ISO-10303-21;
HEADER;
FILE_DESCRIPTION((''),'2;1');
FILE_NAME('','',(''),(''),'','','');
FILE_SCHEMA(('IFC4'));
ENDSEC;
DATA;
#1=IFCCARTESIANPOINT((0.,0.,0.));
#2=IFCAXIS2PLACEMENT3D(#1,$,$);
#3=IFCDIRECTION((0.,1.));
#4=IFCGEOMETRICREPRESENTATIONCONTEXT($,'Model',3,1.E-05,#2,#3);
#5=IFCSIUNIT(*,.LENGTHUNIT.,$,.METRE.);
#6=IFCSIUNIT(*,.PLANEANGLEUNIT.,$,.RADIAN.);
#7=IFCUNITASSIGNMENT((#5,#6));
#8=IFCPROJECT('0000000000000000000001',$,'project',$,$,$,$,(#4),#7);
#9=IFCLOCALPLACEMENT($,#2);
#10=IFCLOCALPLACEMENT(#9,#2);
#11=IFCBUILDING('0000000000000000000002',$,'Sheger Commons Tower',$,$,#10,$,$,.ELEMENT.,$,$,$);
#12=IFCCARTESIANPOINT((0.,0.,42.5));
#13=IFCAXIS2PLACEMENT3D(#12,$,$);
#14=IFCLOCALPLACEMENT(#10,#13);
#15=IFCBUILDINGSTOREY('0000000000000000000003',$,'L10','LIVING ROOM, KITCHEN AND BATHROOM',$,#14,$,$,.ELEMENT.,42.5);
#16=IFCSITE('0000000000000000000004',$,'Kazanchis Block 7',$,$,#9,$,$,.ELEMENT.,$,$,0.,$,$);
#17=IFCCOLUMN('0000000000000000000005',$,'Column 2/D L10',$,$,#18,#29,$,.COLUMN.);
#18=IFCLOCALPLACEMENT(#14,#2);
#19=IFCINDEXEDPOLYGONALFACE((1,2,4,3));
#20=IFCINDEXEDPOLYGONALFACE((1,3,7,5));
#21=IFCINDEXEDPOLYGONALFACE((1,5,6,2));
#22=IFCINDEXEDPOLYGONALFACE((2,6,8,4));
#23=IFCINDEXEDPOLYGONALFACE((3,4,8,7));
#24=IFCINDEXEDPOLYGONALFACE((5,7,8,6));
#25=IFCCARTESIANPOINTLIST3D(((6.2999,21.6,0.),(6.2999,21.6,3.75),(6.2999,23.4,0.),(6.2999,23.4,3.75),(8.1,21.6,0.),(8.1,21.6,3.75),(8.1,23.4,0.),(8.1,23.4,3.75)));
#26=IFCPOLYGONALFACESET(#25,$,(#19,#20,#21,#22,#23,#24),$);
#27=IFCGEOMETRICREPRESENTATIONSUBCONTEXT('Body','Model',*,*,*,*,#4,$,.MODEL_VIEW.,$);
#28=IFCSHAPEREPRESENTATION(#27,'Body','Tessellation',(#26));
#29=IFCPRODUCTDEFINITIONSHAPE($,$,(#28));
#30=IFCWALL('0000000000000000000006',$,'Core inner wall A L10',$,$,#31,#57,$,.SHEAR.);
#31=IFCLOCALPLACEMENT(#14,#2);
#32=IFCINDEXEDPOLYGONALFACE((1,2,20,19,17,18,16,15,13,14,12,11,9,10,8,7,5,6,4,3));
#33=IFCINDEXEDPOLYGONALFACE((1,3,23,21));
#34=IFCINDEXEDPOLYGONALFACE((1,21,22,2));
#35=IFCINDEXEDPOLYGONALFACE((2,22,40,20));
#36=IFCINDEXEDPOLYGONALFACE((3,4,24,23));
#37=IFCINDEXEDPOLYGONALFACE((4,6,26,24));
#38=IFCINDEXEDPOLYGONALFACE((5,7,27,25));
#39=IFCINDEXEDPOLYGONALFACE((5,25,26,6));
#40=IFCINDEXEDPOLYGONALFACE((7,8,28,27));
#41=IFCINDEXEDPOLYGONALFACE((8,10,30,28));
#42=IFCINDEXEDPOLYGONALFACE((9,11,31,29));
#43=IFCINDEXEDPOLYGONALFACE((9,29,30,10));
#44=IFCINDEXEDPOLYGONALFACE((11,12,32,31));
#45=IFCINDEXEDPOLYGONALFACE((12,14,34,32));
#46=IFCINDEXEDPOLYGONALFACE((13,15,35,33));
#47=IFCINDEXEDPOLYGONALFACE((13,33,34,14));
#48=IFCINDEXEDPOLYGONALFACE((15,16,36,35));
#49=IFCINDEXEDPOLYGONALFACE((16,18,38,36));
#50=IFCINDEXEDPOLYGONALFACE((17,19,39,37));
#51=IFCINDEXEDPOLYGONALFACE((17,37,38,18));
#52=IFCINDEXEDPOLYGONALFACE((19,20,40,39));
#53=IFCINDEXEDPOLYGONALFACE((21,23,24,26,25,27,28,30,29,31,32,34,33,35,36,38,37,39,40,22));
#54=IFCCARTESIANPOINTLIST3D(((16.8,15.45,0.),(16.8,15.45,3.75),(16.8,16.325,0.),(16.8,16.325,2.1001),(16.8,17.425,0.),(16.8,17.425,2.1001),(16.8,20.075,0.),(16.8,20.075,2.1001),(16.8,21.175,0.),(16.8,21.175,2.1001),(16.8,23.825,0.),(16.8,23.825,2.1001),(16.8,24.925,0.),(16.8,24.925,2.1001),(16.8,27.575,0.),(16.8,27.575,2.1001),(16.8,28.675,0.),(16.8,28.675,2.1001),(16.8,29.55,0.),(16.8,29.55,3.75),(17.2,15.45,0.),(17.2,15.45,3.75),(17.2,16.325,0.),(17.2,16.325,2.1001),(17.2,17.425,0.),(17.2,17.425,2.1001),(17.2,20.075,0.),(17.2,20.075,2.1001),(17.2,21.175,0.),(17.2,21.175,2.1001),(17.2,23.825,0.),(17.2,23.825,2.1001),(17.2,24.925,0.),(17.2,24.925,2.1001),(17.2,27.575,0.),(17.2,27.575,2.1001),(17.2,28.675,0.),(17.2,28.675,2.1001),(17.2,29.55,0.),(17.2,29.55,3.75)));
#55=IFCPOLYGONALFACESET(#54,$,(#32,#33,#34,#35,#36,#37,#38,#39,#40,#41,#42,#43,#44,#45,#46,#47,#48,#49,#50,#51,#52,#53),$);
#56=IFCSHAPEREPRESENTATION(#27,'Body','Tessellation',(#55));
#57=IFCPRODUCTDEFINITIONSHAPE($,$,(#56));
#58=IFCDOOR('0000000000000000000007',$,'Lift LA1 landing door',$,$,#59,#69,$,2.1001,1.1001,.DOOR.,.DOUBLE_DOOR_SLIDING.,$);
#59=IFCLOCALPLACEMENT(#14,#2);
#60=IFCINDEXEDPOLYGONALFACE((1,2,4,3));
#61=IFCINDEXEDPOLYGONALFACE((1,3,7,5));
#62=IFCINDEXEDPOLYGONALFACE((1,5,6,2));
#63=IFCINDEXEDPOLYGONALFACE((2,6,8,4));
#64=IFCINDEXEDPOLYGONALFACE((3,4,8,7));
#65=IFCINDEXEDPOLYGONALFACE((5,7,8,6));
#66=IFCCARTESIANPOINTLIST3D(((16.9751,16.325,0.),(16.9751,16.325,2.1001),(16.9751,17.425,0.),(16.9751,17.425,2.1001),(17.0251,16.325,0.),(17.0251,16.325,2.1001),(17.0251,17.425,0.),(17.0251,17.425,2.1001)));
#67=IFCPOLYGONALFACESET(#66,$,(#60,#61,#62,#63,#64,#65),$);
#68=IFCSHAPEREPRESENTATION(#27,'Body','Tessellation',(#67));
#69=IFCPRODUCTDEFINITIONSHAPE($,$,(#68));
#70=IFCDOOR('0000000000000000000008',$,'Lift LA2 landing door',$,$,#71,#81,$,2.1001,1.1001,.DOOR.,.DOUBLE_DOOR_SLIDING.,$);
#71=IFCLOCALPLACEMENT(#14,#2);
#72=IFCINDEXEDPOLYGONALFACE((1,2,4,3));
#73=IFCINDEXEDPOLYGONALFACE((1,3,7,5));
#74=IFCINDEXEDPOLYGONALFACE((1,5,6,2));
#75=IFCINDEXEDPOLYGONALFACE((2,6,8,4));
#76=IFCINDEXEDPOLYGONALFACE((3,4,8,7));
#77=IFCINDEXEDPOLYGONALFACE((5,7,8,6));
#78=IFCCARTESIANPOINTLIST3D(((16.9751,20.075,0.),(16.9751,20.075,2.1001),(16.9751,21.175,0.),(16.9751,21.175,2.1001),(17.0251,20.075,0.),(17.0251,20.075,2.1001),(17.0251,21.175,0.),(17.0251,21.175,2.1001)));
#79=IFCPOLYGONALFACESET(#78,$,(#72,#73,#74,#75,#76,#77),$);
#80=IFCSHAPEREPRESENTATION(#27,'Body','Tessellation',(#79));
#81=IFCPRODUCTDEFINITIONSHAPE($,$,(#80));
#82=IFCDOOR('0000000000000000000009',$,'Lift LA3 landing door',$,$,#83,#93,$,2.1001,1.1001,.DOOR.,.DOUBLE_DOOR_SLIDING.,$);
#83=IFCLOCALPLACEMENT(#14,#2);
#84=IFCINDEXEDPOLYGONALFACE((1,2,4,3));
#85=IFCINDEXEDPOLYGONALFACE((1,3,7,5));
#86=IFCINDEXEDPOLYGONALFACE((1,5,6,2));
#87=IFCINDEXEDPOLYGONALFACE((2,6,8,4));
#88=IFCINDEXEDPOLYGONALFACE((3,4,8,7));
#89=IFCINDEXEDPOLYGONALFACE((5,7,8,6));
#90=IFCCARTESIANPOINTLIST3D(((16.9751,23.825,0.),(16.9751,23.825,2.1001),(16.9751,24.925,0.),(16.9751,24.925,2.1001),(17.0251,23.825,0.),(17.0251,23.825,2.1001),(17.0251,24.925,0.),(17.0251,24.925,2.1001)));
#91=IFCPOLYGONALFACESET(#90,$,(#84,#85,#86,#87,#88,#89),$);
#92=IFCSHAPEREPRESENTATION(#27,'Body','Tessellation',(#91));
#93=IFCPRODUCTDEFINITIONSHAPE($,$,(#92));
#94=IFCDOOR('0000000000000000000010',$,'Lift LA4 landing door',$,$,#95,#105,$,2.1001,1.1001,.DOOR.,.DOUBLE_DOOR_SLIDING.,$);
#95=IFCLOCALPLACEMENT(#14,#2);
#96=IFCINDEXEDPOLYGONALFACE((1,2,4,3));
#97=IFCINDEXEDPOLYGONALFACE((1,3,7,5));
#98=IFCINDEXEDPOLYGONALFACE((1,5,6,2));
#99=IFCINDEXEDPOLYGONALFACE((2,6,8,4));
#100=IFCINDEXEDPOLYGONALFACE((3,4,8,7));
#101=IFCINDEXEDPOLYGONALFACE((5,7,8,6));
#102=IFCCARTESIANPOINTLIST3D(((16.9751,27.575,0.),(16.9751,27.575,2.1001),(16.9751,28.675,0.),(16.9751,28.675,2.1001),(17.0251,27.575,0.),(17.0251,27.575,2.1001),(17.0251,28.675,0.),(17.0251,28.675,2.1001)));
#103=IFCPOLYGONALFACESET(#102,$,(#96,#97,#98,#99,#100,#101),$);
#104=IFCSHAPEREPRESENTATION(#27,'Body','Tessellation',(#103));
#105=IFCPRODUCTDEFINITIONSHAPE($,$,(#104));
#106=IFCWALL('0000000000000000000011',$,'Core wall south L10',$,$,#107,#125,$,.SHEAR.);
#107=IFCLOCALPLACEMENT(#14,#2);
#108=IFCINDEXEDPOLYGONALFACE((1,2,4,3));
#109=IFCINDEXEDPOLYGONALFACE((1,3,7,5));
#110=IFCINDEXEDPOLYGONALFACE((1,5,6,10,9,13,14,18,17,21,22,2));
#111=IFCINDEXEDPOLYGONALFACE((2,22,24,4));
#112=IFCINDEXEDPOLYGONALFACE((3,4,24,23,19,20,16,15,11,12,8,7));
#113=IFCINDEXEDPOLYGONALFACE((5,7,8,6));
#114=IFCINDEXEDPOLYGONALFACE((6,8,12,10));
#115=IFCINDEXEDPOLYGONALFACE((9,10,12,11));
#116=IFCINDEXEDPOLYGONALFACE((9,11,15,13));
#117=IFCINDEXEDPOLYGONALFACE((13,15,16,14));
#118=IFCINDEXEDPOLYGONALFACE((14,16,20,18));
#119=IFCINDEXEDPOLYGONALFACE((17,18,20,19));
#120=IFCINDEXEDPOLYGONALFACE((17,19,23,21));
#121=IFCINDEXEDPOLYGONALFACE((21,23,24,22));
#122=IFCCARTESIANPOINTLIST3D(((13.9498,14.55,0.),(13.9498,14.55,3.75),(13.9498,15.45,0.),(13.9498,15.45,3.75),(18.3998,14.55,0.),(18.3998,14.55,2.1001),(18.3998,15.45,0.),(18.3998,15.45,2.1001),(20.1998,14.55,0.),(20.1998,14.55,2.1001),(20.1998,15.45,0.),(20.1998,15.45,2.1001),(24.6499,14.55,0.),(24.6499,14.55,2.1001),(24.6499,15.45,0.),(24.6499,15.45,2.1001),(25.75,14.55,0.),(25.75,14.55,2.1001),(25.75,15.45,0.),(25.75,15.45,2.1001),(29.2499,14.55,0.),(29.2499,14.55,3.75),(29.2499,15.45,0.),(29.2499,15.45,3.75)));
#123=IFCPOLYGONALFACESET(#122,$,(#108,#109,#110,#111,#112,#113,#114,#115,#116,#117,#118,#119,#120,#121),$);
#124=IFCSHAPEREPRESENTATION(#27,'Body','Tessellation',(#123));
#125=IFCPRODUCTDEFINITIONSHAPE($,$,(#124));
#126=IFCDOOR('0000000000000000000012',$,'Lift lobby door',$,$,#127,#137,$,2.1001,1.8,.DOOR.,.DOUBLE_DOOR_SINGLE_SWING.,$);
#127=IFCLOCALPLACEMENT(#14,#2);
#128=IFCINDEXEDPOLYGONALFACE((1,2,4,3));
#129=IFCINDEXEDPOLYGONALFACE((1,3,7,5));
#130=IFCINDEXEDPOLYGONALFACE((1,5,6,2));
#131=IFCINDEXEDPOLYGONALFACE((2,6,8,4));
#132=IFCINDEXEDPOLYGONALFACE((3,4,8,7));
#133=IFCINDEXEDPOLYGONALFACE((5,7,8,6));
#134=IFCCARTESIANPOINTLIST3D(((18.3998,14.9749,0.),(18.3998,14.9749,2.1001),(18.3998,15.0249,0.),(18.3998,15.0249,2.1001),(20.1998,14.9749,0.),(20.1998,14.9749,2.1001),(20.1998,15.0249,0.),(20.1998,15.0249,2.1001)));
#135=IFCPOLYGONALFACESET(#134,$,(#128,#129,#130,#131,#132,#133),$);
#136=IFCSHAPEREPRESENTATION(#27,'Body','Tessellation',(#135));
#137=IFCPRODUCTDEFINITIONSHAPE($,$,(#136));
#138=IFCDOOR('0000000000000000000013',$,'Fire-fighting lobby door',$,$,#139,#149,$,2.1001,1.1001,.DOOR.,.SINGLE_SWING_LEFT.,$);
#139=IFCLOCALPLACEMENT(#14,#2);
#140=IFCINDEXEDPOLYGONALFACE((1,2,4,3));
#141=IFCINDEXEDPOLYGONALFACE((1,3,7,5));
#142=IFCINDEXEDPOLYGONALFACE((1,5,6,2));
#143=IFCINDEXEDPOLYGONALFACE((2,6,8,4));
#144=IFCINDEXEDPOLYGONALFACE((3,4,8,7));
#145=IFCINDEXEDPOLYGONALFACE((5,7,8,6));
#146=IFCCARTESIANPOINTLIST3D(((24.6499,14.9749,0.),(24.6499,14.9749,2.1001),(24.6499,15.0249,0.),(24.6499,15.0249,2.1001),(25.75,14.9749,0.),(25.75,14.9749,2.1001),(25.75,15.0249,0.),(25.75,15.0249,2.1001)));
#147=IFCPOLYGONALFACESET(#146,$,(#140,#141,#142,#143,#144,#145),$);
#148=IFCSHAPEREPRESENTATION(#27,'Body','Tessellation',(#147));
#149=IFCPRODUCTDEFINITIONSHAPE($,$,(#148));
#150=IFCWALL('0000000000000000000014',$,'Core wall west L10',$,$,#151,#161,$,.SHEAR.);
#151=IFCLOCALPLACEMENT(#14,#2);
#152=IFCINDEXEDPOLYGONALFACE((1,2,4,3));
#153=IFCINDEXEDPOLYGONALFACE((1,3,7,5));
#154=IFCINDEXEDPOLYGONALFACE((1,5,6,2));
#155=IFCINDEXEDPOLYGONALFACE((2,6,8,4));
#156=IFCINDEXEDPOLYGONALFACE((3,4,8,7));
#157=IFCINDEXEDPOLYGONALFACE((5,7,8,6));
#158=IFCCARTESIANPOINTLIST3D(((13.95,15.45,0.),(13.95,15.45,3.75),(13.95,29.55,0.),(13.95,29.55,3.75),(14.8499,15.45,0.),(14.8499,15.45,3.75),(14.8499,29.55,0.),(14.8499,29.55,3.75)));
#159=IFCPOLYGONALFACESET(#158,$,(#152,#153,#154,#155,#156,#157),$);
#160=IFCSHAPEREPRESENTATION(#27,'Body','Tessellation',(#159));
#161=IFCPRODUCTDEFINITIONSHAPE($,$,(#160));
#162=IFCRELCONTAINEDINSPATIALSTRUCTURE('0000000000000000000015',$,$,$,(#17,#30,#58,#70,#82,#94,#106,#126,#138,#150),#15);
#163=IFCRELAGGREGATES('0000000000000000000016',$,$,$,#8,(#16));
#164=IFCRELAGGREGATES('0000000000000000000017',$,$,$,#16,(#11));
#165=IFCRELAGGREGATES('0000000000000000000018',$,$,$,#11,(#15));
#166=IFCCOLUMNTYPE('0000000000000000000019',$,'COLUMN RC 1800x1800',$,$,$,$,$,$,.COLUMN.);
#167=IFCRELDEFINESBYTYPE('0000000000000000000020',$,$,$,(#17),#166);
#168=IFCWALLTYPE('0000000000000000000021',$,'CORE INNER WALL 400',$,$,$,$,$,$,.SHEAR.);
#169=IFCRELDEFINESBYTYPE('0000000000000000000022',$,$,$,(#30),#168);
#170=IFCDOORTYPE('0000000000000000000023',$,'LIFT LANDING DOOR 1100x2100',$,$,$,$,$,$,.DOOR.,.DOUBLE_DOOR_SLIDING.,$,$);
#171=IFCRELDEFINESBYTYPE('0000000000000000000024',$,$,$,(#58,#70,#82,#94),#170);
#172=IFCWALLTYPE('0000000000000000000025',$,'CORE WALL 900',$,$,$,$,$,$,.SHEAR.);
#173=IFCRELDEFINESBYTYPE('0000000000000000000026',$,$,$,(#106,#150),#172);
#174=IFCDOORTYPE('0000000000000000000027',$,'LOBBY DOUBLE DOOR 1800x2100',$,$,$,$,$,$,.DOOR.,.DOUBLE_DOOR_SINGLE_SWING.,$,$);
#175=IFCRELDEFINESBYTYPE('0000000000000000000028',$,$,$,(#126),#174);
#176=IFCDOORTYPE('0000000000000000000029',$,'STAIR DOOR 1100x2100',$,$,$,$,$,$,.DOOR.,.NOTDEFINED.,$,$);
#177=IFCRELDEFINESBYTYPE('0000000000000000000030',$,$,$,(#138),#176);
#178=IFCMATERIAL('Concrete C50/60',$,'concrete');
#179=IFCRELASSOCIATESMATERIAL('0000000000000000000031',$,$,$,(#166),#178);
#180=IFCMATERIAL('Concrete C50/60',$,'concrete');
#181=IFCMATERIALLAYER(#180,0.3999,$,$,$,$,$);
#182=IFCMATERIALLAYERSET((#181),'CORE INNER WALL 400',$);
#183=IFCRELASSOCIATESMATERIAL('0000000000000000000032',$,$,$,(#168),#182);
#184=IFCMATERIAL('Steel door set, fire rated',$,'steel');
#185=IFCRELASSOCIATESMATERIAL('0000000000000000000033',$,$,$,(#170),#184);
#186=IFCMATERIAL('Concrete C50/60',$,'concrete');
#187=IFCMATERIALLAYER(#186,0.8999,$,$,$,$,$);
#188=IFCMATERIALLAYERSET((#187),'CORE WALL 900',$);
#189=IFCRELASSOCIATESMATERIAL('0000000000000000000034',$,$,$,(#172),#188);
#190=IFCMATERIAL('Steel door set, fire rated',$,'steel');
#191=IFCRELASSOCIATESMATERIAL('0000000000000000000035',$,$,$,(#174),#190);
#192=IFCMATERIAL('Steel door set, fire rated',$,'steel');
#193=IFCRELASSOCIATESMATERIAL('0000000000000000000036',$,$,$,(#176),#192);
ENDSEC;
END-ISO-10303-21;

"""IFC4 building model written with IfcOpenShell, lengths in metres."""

from ifc_helpers import new_model, si_unit, direction, frame, frame_2d, origin, origin_2d, place, context, subcontext, project, spatial, rectangle, extrude, material, layer, layer_set, material_profile, profile_set, type_object, element, fill, save


model = new_model("IFC4")

# Units and contexts
model_context = context("Model", 3, precision=1e-05, world=origin(), true_north=direction((0.0, 1.0)))
body_context = subcontext(model_context, "Body", "Model", "MODEL_VIEW")
ifc_project = project(units=[si_unit("LENGTHUNIT", "METRE"), si_unit("PLANEANGLEUNIT", "RADIAN")], contexts=[model_context])

# Site, building, storey
site_placement = place(None, origin())
site = spatial("IfcSite", under=ifc_project, at=site_placement, Name="Kazanchis Block 7", CompositionType="ELEMENT", RefElevation=0.0)
building_placement = place(site_placement, origin())
building = spatial("IfcBuilding", under=site, at=building_placement, Name="Sheger Commons Tower", CompositionType="ELEMENT")
storey_placement = place(building_placement, frame((0.0, 0.0, 42.5)))
storey = spatial("IfcBuildingStorey", under=building, at=storey_placement, Name="L10", Description="LIVING ROOM, KITCHEN AND BATHROOM", CompositionType="ELEMENT", Elevation=42.5)

# Column
ifc_material_1 = material(Name="Concrete C50/60", Category="concrete")
ifc_material_profile = material_profile(ifc_material_1, rectangle(XDim=1.8, YDim=1.8, at=origin_2d()), Name="RC 1800x1800")
ifc_profile_set = profile_set([ifc_material_profile], Name="Concrete C50/60")
column_type = type_object("IfcColumnType", Name="COLUMN RC 1800x1800", PredefinedType="COLUMN", material=ifc_profile_set)
column_placement = place(storey_placement, frame((7.2, 22.5, 0.0), z_axis=(0.0, 0.0, 1.0), x_axis=(1.0, 0.0, 0.0)))
element("IfcColumn", 1, at=column_placement, inside=storey, type_object=column_type, Name="Column 2/D L10", PredefinedType="COLUMN", context=body_context, shape_type="SweptSolid", body=[
    extrude(rectangle(XDim=1.8, YDim=1.8, at=origin_2d()), origin(), (0.0, 0.0, 1.0), 3.75),
])

# Walls, openings, doors
ifc_material_2 = material(Name="Concrete C50/60", Category="concrete")
ifc_layer_1 = layer(ifc_material_2, 0.3999)
ifc_layer_set_1 = layer_set([ifc_layer_1], Name="CORE INNER WALL 400")
wall_type_1 = type_object("IfcWallType", Name="CORE INNER WALL 400", PredefinedType="SHEAR", material=ifc_layer_set_1)
wall_1_placement = place(storey_placement, frame((17.0, 15.45, 0.0), z_axis=(0.0, 0.0, 1.0), x_axis=(0.0, 1.0, 0.0)))
wall_1 = element("IfcWall", 2, at=wall_1_placement, inside=storey, type_object=wall_type_1, Name="Core inner wall A L10", PredefinedType="SHEAR", context=body_context, shape_type="SweptSolid", body=[
    extrude(rectangle(XDim=14.1001, YDim=0.3999, at=frame_2d((7.05, 0.0))), origin(), (0.0, 0.0, 1.0), 3.75),
])
opening_1_placement = place(wall_1_placement, frame((0.875, 0.0, 0.0)))
opening_1 = element("IfcOpeningElement", 3, at=opening_1_placement, cuts=wall_1, PredefinedType="OPENING", context=body_context, shape_type="SweptSolid", body=[
    extrude(rectangle(XDim=1.1001, YDim=2.1001, at=frame_2d((0.55, 1.05))), frame((0.0, 0.21, 0.0), z_axis=(0.0, -1.0, 0.0), x_axis=(1.0, 0.0, 0.0)), (0.0, 0.0, 1.0), 0.4199),
])
opening_2_placement = place(wall_1_placement, frame((4.625, 0.0, 0.0)))
opening_2 = element("IfcOpeningElement", 4, at=opening_2_placement, cuts=wall_1, PredefinedType="OPENING", context=body_context, shape_type="SweptSolid", body=[
    extrude(rectangle(XDim=1.1001, YDim=2.1001, at=frame_2d((0.55, 1.05))), frame((0.0, 0.21, 0.0), z_axis=(0.0, -1.0, 0.0), x_axis=(1.0, 0.0, 0.0)), (0.0, 0.0, 1.0), 0.4199),
])
opening_3_placement = place(wall_1_placement, frame((8.375, 0.0, 0.0)))
opening_3 = element("IfcOpeningElement", 5, at=opening_3_placement, cuts=wall_1, PredefinedType="OPENING", context=body_context, shape_type="SweptSolid", body=[
    extrude(rectangle(XDim=1.1001, YDim=2.1001, at=frame_2d((0.55, 1.05))), frame((0.0, 0.21, 0.0), z_axis=(0.0, -1.0, 0.0), x_axis=(1.0, 0.0, 0.0)), (0.0, 0.0, 1.0), 0.4199),
])
opening_4_placement = place(wall_1_placement, frame((12.125, 0.0, 0.0)))
opening_4 = element("IfcOpeningElement", 6, at=opening_4_placement, cuts=wall_1, PredefinedType="OPENING", context=body_context, shape_type="SweptSolid", body=[
    extrude(rectangle(XDim=1.1001, YDim=2.1001, at=frame_2d((0.55, 1.05))), frame((0.0, 0.21, 0.0), z_axis=(0.0, -1.0, 0.0), x_axis=(1.0, 0.0, 0.0)), (0.0, 0.0, 1.0), 0.4199),
])
ifc_material_3 = material(Name="Steel door set, fire rated", Category="steel")
door_type_1 = type_object("IfcDoorType", Name="LIFT LANDING DOOR 1100x2100", OperationType="DOUBLE_DOOR_SLIDING", PredefinedType="DOOR", material=ifc_material_3)
door_1_placement = place(opening_1_placement, origin())
door_1 = element("IfcDoor", 7, at=door_1_placement, inside=storey, type_object=door_type_1, Name="Lift LA1 landing door", OperationType="DOUBLE_DOOR_SLIDING", OverallHeight=2.1001, OverallWidth=1.1001, PredefinedType="DOOR", context=body_context, shape_type="SweptSolid", body=[
    extrude(rectangle(XDim=1.1001, YDim=2.1001, at=frame_2d((0.55, 1.05))), frame((0.0, 0.0249, 0.0), z_axis=(0.0, -1.0, 0.0), x_axis=(1.0, 0.0, 0.0)), (0.0, 0.0, 1.0), 0.05),
])
fill(opening_1, door_1)
door_2_placement = place(opening_2_placement, origin())
door_2 = element("IfcDoor", 8, at=door_2_placement, inside=storey, type_object=door_type_1, Name="Lift LA2 landing door", OperationType="DOUBLE_DOOR_SLIDING", OverallHeight=2.1001, OverallWidth=1.1001, PredefinedType="DOOR", context=body_context, shape_type="SweptSolid", body=[
    extrude(rectangle(XDim=1.1001, YDim=2.1001, at=frame_2d((0.55, 1.05))), frame((0.0, 0.0249, 0.0), z_axis=(0.0, -1.0, 0.0), x_axis=(1.0, 0.0, 0.0)), (0.0, 0.0, 1.0), 0.05),
])
fill(opening_2, door_2)
door_3_placement = place(opening_3_placement, origin())
door_3 = element("IfcDoor", 9, at=door_3_placement, inside=storey, type_object=door_type_1, Name="Lift LA3 landing door", OperationType="DOUBLE_DOOR_SLIDING", OverallHeight=2.1001, OverallWidth=1.1001, PredefinedType="DOOR", context=body_context, shape_type="SweptSolid", body=[
    extrude(rectangle(XDim=1.1001, YDim=2.1001, at=frame_2d((0.55, 1.05))), frame((0.0, 0.0249, 0.0), z_axis=(0.0, -1.0, 0.0), x_axis=(1.0, 0.0, 0.0)), (0.0, 0.0, 1.0), 0.05),
])
fill(opening_3, door_3)
door_4_placement = place(opening_4_placement, origin())
door_4 = element("IfcDoor", 10, at=door_4_placement, inside=storey, type_object=door_type_1, Name="Lift LA4 landing door", OperationType="DOUBLE_DOOR_SLIDING", OverallHeight=2.1001, OverallWidth=1.1001, PredefinedType="DOOR", context=body_context, shape_type="SweptSolid", body=[
    extrude(rectangle(XDim=1.1001, YDim=2.1001, at=frame_2d((0.55, 1.05))), frame((0.0, 0.0249, 0.0), z_axis=(0.0, -1.0, 0.0), x_axis=(1.0, 0.0, 0.0)), (0.0, 0.0, 1.0), 0.05),
])
fill(opening_4, door_4)
ifc_material_4 = material(Name="Concrete C50/60", Category="concrete")
ifc_layer_2 = layer(ifc_material_4, 0.8999)
ifc_layer_set_2 = layer_set([ifc_layer_2], Name="CORE WALL 900")
wall_type_2 = type_object("IfcWallType", Name="CORE WALL 900", PredefinedType="SHEAR", material=ifc_layer_set_2)
wall_2_placement = place(storey_placement, frame((13.95, 15.0, 0.0), z_axis=(0.0, 0.0, 1.0), x_axis=(1.0, 0.0, 0.0)))
wall_2 = element("IfcWall", 11, at=wall_2_placement, inside=storey, type_object=wall_type_2, Name="Core wall south L10", PredefinedType="SHEAR", context=body_context, shape_type="SweptSolid", body=[
    extrude(rectangle(XDim=15.3, YDim=0.8999, at=frame_2d((7.6499, 0.0))), origin(), (0.0, 0.0, 1.0), 3.75),
])
opening_5_placement = place(wall_2_placement, frame((4.45, 0.0, 0.0)))
opening_5 = element("IfcOpeningElement", 12, at=opening_5_placement, cuts=wall_2, PredefinedType="OPENING", context=body_context, shape_type="SweptSolid", body=[
    extrude(rectangle(XDim=1.8, YDim=2.1001, at=frame_2d((0.8999, 1.05))), frame((0.0, 0.46, 0.0), z_axis=(0.0, -1.0, 0.0), x_axis=(1.0, 0.0, 0.0)), (0.0, 0.0, 1.0), 0.9199),
])
opening_6_placement = place(wall_2_placement, frame((10.7, 0.0, 0.0)))
opening_6 = element("IfcOpeningElement", 13, at=opening_6_placement, cuts=wall_2, PredefinedType="OPENING", context=body_context, shape_type="SweptSolid", body=[
    extrude(rectangle(XDim=1.1001, YDim=2.1001, at=frame_2d((0.55, 1.05))), frame((0.0, 0.46, 0.0), z_axis=(0.0, -1.0, 0.0), x_axis=(1.0, 0.0, 0.0)), (0.0, 0.0, 1.0), 0.9199),
])
ifc_material_5 = material(Name="Steel door set, fire rated", Category="steel")
door_type_2 = type_object("IfcDoorType", Name="LOBBY DOUBLE DOOR 1800x2100", OperationType="DOUBLE_DOOR_SINGLE_SWING", PredefinedType="DOOR", material=ifc_material_5)
door_5_placement = place(opening_5_placement, origin())
door_5 = element("IfcDoor", 14, at=door_5_placement, inside=storey, type_object=door_type_2, Name="Lift lobby door", OperationType="DOUBLE_DOOR_SINGLE_SWING", OverallHeight=2.1001, OverallWidth=1.8, PredefinedType="DOOR", context=body_context, shape_type="SweptSolid", body=[
    extrude(rectangle(XDim=1.8, YDim=2.1001, at=frame_2d((0.8999, 1.05))), frame((0.0, 0.0249, 0.0), z_axis=(0.0, -1.0, 0.0), x_axis=(1.0, 0.0, 0.0)), (0.0, 0.0, 1.0), 0.05),
])
fill(opening_5, door_5)
ifc_material_6 = material(Name="Steel door set, fire rated", Category="steel")
door_type_3 = type_object("IfcDoorType", Name="STAIR DOOR 1100x2100", OperationType="NOTDEFINED", PredefinedType="DOOR", material=ifc_material_6)
door_6_placement = place(opening_6_placement, origin())
door_6 = element("IfcDoor", 15, at=door_6_placement, inside=storey, type_object=door_type_3, Name="Fire-fighting lobby door", OperationType="SINGLE_SWING_LEFT", OverallHeight=2.1001, OverallWidth=1.1001, PredefinedType="DOOR", context=body_context, shape_type="SweptSolid", body=[
    extrude(rectangle(XDim=1.1001, YDim=2.1001, at=frame_2d((0.55, 1.05))), frame((0.0, 0.0249, 0.0), z_axis=(0.0, -1.0, 0.0), x_axis=(1.0, 0.0, 0.0)), (0.0, 0.0, 1.0), 0.05),
])
fill(opening_6, door_6)

# Wall
wall_3_placement = place(storey_placement, frame((14.3999, 15.45, 0.0), z_axis=(0.0, 0.0, 1.0), x_axis=(0.0, 1.0, 0.0)))
element("IfcWall", 16, at=wall_3_placement, inside=storey, type_object=wall_type_2, Name="Core wall west L10", PredefinedType="SHEAR", context=body_context, shape_type="SweptSolid", body=[
    extrude(rectangle(XDim=14.1001, YDim=0.8999, at=frame_2d((7.05, 0.0))), origin(), (0.0, 0.0, 1.0), 3.75),
])

save(model, "model.ifc")
